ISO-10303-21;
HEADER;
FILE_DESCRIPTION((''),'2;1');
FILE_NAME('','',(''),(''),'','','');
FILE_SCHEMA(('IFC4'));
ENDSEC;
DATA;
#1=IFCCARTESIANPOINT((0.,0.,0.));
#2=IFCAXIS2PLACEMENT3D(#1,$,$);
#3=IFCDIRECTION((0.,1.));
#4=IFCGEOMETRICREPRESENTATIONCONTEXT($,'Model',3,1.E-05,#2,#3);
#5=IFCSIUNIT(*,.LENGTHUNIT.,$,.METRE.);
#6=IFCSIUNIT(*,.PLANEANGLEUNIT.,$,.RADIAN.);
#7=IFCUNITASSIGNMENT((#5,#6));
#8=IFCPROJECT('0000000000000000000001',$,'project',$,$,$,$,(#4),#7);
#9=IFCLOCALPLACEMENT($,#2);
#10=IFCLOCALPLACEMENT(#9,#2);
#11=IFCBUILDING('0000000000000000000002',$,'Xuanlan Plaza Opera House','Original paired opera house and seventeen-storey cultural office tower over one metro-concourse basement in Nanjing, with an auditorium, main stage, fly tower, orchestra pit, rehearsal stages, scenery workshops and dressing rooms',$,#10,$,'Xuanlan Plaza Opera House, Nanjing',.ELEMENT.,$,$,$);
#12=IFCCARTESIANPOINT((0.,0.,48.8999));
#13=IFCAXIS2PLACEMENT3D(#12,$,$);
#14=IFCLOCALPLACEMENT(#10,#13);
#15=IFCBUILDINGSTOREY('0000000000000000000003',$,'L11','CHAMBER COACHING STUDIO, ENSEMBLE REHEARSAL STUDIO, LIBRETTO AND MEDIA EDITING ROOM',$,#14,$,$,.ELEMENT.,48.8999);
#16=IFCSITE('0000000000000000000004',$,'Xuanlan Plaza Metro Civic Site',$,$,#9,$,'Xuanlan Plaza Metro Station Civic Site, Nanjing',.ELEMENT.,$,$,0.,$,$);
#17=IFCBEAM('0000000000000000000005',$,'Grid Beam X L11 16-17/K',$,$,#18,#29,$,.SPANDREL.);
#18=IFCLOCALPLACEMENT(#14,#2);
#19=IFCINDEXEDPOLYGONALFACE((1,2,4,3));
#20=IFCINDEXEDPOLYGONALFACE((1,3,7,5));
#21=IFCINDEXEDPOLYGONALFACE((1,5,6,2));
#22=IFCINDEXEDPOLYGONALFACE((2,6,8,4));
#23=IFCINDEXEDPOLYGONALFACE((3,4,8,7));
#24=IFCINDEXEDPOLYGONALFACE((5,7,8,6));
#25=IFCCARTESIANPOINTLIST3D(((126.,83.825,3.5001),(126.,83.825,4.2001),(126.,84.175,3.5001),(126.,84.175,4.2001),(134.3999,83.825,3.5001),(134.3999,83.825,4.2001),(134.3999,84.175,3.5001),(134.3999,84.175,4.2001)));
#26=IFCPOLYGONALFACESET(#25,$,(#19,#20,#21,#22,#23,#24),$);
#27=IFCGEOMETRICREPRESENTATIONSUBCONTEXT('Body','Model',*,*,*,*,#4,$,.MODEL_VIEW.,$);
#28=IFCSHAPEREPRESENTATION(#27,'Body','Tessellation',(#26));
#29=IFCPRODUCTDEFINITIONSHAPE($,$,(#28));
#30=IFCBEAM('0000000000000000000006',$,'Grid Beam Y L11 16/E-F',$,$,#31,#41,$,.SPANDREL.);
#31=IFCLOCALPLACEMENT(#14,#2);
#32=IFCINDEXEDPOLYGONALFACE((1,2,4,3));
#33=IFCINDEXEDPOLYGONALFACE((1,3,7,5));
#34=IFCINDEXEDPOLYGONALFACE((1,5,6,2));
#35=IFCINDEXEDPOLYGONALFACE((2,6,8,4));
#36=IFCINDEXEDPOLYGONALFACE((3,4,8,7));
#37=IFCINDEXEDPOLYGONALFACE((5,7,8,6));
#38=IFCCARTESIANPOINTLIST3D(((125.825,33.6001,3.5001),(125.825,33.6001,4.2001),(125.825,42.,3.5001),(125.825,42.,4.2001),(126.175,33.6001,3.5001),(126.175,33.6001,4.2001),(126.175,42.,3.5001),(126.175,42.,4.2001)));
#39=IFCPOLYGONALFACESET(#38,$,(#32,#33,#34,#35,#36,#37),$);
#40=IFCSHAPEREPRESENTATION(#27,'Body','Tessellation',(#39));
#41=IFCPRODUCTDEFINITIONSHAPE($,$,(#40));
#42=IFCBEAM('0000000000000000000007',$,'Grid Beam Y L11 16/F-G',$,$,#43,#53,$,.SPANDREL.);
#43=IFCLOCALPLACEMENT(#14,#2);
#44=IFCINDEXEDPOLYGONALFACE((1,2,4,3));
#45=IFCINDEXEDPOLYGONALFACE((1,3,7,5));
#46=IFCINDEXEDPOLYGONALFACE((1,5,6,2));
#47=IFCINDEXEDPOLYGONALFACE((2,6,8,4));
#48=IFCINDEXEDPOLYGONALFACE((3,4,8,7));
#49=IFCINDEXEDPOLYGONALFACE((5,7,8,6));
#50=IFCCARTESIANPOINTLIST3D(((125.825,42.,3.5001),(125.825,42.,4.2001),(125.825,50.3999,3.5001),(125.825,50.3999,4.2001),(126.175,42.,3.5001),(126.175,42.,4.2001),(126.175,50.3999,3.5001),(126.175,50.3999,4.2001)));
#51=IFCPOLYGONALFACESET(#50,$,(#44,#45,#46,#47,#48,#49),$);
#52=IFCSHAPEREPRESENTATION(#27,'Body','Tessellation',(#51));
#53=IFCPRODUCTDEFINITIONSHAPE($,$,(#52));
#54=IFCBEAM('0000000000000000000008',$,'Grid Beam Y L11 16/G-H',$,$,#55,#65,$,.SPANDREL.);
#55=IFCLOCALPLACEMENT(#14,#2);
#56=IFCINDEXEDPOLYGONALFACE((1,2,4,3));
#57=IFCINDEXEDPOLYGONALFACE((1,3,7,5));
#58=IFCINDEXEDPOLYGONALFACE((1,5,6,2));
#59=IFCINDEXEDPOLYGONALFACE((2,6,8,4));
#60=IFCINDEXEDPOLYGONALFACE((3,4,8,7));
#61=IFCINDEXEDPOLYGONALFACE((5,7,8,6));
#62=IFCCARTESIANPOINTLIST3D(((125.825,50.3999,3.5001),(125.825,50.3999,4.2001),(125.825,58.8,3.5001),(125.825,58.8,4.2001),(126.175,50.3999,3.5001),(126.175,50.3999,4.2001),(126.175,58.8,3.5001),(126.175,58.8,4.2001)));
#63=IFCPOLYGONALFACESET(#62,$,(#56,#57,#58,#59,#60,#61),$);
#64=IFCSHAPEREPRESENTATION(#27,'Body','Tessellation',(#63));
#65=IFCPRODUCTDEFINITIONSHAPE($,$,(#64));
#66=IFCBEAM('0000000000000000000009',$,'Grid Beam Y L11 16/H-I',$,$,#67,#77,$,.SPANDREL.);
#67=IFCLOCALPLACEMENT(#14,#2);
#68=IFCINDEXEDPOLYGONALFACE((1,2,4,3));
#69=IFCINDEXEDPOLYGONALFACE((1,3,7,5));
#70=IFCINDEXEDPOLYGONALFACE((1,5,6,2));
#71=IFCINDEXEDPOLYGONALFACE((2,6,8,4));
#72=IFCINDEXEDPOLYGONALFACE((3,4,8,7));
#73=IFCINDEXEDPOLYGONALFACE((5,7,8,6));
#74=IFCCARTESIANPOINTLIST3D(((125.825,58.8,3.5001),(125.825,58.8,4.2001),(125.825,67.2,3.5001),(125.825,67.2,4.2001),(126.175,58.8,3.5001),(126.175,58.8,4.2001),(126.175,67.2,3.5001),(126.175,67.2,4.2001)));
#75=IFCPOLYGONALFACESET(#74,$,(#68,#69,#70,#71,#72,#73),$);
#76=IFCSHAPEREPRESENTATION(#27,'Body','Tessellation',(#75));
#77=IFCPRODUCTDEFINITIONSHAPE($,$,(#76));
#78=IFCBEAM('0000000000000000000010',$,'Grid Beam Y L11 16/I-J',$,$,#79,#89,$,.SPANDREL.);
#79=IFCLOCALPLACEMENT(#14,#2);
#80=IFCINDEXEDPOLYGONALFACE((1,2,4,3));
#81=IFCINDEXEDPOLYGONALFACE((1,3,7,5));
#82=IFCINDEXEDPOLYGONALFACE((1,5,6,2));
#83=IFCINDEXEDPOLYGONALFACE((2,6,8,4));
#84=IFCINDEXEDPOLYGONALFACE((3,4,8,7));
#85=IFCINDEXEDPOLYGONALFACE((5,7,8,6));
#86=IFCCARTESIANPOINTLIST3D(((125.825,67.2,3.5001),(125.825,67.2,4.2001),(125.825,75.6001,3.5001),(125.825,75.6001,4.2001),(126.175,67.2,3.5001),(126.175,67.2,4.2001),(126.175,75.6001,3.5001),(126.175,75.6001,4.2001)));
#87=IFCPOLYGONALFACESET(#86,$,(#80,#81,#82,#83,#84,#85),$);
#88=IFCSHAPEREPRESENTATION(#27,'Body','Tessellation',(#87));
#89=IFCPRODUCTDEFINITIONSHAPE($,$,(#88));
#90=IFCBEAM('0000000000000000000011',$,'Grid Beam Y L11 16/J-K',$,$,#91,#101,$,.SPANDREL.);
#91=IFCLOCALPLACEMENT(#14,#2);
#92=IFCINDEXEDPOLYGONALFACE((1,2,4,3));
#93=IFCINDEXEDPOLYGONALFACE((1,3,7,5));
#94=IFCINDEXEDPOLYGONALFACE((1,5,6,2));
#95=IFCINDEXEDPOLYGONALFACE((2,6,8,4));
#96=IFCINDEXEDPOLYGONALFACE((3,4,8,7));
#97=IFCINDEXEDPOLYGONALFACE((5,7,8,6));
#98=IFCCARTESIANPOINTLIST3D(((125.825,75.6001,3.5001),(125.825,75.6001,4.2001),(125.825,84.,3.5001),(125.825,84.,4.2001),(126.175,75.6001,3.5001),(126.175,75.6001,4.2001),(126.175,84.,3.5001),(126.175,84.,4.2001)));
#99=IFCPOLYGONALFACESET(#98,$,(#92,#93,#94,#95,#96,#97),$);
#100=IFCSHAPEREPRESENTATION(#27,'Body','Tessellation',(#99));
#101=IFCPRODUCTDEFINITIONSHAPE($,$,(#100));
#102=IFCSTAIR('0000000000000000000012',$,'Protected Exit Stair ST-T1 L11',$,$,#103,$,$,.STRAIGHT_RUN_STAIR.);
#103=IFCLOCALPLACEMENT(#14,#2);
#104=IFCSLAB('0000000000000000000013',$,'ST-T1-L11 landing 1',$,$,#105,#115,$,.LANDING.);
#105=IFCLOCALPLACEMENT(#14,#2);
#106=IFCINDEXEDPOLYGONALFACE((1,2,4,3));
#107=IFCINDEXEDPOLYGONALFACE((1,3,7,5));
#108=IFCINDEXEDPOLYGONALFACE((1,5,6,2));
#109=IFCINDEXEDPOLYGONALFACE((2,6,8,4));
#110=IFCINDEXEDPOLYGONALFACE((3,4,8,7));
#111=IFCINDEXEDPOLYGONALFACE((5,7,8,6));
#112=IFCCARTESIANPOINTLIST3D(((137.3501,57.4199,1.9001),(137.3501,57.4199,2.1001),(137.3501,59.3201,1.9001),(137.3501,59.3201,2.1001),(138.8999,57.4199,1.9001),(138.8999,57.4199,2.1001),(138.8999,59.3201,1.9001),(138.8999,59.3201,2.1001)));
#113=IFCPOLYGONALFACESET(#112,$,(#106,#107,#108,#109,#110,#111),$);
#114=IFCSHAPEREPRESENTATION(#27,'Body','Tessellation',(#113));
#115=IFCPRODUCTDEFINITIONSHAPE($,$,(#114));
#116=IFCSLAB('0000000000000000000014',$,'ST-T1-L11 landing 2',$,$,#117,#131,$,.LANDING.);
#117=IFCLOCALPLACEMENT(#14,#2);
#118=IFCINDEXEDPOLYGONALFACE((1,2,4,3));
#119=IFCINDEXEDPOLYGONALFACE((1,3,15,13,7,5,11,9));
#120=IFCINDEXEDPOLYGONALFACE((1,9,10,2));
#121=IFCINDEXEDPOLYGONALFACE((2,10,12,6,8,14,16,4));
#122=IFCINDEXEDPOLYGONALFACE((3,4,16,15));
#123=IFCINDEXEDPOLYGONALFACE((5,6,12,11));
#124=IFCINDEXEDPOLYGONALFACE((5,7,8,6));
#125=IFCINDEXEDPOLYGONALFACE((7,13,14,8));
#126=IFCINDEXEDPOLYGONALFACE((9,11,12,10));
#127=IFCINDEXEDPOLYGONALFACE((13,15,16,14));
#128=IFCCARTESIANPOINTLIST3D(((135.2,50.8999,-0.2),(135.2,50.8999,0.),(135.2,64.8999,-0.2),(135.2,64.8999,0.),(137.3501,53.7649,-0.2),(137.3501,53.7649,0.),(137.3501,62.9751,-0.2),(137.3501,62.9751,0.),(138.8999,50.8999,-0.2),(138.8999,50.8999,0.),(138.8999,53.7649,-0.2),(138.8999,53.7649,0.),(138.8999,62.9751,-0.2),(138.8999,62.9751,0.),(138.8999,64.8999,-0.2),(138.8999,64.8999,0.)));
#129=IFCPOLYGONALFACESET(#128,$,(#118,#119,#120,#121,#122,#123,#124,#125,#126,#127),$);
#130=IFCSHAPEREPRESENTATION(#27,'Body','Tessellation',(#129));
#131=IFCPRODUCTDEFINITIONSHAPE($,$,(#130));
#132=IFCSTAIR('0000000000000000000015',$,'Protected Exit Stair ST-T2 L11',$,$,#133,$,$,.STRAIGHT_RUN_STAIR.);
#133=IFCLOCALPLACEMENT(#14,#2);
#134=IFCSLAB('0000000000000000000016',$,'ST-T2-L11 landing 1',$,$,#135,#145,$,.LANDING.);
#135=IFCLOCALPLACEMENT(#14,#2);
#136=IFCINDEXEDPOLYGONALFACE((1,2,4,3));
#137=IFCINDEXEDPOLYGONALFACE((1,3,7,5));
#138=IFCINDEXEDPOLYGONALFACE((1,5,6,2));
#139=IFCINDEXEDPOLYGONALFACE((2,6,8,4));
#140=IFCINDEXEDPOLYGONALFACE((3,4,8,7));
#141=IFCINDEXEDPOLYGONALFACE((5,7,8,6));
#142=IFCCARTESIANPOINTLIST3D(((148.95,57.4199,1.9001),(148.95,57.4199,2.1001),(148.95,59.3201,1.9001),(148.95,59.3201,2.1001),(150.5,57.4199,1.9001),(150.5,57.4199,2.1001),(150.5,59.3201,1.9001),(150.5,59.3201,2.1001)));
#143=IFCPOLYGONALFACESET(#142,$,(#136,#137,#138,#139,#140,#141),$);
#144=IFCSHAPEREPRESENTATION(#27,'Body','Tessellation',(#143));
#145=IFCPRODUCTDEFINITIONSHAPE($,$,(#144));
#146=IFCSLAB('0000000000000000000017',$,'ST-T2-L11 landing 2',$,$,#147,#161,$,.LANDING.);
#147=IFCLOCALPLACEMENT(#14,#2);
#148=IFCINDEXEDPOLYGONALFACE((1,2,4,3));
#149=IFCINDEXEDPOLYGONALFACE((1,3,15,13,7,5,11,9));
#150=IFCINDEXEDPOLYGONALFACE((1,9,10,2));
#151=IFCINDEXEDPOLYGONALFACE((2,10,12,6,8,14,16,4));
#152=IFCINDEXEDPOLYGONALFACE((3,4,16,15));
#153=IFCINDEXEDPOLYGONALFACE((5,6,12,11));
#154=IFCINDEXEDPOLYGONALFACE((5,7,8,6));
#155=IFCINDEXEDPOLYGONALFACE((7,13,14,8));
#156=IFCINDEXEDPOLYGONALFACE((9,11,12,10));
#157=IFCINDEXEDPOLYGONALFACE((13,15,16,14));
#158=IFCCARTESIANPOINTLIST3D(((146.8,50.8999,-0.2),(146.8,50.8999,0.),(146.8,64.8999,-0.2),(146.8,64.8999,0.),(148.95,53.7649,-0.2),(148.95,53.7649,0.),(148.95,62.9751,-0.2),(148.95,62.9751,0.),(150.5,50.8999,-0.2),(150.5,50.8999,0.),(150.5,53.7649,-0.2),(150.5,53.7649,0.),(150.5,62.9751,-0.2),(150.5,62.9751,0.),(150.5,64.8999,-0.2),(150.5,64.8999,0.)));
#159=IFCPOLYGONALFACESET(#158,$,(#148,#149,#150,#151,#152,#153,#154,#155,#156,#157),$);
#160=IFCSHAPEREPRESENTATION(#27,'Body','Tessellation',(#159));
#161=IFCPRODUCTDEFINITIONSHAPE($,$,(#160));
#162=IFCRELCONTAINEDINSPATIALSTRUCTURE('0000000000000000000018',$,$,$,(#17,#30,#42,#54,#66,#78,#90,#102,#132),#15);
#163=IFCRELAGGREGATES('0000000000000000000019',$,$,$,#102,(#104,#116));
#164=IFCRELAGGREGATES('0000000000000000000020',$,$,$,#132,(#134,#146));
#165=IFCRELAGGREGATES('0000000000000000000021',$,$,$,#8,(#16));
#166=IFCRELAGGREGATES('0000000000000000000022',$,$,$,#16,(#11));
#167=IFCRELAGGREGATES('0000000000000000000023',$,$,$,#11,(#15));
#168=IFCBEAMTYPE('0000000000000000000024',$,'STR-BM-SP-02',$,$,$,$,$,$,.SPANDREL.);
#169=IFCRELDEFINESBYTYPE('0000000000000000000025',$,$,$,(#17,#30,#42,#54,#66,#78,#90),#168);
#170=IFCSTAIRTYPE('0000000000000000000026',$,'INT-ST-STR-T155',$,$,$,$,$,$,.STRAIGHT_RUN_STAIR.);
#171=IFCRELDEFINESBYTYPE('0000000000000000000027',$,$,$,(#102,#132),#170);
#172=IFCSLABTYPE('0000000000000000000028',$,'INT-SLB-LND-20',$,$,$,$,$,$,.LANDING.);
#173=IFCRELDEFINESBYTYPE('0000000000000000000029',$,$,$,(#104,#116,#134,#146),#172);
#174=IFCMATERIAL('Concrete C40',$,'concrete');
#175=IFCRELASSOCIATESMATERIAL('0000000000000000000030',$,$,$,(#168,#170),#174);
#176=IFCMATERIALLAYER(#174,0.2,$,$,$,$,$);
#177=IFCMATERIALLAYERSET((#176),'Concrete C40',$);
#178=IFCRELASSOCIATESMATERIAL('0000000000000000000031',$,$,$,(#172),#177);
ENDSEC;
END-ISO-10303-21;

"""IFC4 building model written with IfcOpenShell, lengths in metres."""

from ifc_helpers import new_model, si_unit, direction, frame, origin, origin_2d, place, context, subcontext, project, spatial, polyline, rectangle, outline, extrude, material, layer, layer_set, material_profile, profile_set, type_object, element, aggregate, save


model = new_model("IFC4")

# Units and contexts
model_context = context("Model", 3, precision=1e-05, world=origin(), true_north=direction((0.0, 1.0)))
body_context = subcontext(model_context, "Body", "Model", "MODEL_VIEW")
ifc_project = project(units=[si_unit("LENGTHUNIT", "METRE"), si_unit("PLANEANGLEUNIT", "RADIAN")], contexts=[model_context])

# Site, building, storey
site_placement = place(None, origin())
site = spatial("IfcSite", under=ifc_project, at=site_placement, Name="Xuanlan Plaza Metro Civic Site", LongName="Xuanlan Plaza Metro Station Civic Site, Nanjing", CompositionType="ELEMENT", RefElevation=0.0)
building_placement = place(site_placement, origin())
building = spatial("IfcBuilding", under=site, at=building_placement, Name="Xuanlan Plaza Opera House", Description="Original paired opera house and seventeen-storey cultural office tower over one metro-concourse basement in Nanjing, with an auditorium, main stage, fly tower, orchestra pit, rehearsal stages, scenery workshops and dressing rooms", LongName="Xuanlan Plaza Opera House, Nanjing", CompositionType="ELEMENT")
storey_placement = place(building_placement, frame((0.0, 0.0, 48.8999)))
storey = spatial("IfcBuildingStorey", under=building, at=storey_placement, Name="L11", Description="CHAMBER COACHING STUDIO, ENSEMBLE REHEARSAL STUDIO, LIBRETTO AND MEDIA EDITING ROOM", CompositionType="ELEMENT", Elevation=48.8999)

# Beams
ifc_material_1 = material(Name="Concrete C40", Category="concrete")
ifc_material_profile_1 = material_profile(ifc_material_1, rectangle(XDim=0.3501, YDim=0.7, at=origin_2d()), Name="RC-SPD 350x700")
ifc_profile_set_1 = profile_set([ifc_material_profile_1], Name="Concrete C40")
beam_type_1 = type_object("IfcBeamType", Name="STR-BM-SP-02", PredefinedType="SPANDREL", material=ifc_profile_set_1)
for number, where, z_axis, x_axis, name in (
    (1, (126.0, 84.0, 3.8501), (1.0, 0.0, 0.0), (0.0, 1.0, 0.0), "Grid Beam X L11 16-17/K"),
    (2, (126.0, 33.6001, 3.8501), (0.0, 1.0, 0.0), (-1.0, 0.0, 0.0), "Grid Beam Y L11 16/E-F"),
    (3, (126.0, 42.0, 3.8501), (0.0, 1.0, 0.0), (-1.0, 0.0, 0.0), "Grid Beam Y L11 16/F-G"),
):
    element("IfcBeam", number, at=place(storey_placement, frame(where, z_axis=z_axis, x_axis=x_axis)), inside=storey, type_object=beam_type_1, Name=name, PredefinedType="SPANDREL", context=body_context, shape_type="SweptSolid", body=[
        extrude(rectangle(XDim=0.3501, YDim=0.7, at=origin_2d()), origin(), (0.0, 0.0, 1.0), 8.3999),
    ])
beam_1_placement = place(storey_placement, frame((126.0, 50.3999, 3.8501), z_axis=(0.0, 1.0, 0.0), x_axis=(-1.0, 0.0, 0.0)))
element("IfcBeam", 4, at=beam_1_placement, inside=storey, type_object=beam_type_1, Name="Grid Beam Y L11 16/G-H", PredefinedType="SPANDREL", context=body_context, shape_type="SweptSolid", body=[
    extrude(rectangle(XDim=0.3501, YDim=0.7, at=origin_2d()), origin(), (0.0, 0.0, 1.0), 8.4001),
])
beam_2_placement = place(storey_placement, frame((126.0, 58.8, 3.8501), z_axis=(0.0, 1.0, 0.0), x_axis=(-1.0, 0.0, 0.0)))
element("IfcBeam", 5, at=beam_2_placement, inside=storey, type_object=beam_type_1, Name="Grid Beam Y L11 16/H-I", PredefinedType="SPANDREL", context=body_context, shape_type="SweptSolid", body=[
    extrude(rectangle(XDim=0.3501, YDim=0.7, at=origin_2d()), origin(), (0.0, 0.0, 1.0), 8.3999),
])
beam_3_placement = place(storey_placement, frame((126.0, 67.2, 3.8501), z_axis=(0.0, 1.0, 0.0), x_axis=(-1.0, 0.0, 0.0)))
element("IfcBeam", 6, at=beam_3_placement, inside=storey, type_object=beam_type_1, Name="Grid Beam Y L11 16/I-J", PredefinedType="SPANDREL", context=body_context, shape_type="SweptSolid", body=[
    extrude(rectangle(XDim=0.3501, YDim=0.7, at=origin_2d()), origin(), (0.0, 0.0, 1.0), 8.4001),
])
beam_4_placement = place(storey_placement, frame((126.0, 75.6001, 3.8501), z_axis=(0.0, 1.0, 0.0), x_axis=(-1.0, 0.0, 0.0)))
element("IfcBeam", 7, at=beam_4_placement, inside=storey, type_object=beam_type_1, Name="Grid Beam Y L11 16/J-K", PredefinedType="SPANDREL", context=body_context, shape_type="SweptSolid", body=[
    extrude(rectangle(XDim=0.3501, YDim=0.7, at=origin_2d()), origin(), (0.0, 0.0, 1.0), 8.3999),
])

# Stairs, slabs
stair_type = type_object("IfcStairType", Name="INT-ST-STR-T155", PredefinedType="STRAIGHT_RUN_STAIR", material=ifc_material_1)
stair_1_placement = place(storey_placement, origin())
stair_1 = element("IfcStair", 8, at=stair_1_placement, inside=storey, type_object=stair_type, Name="Protected Exit Stair ST-T1 L11", PredefinedType="STRAIGHT_RUN_STAIR")
ifc_layer_1 = layer(ifc_material_1, 0.2)
ifc_layer_set_1 = layer_set([ifc_layer_1], Name="Concrete C40")
slab_type_1 = type_object("IfcSlabType", Name="INT-SLB-LND-20", PredefinedType="LANDING", material=ifc_layer_set_1)
slab_1_placement = place(storey_placement, frame((0.0, 0.0, 1.9001)))
slab_1 = element("IfcSlab", 9, at=slab_1_placement, type_object=slab_type_1, Name="ST-T1-L11 landing 1", PredefinedType="LANDING", context=body_context, shape_type="SweptSolid", body=[
    extrude(outline(polyline([(137.3501, 57.4199), (138.8999, 57.4199), (138.8999, 59.3201), (137.3501, 59.3201), (137.3501, 57.4199)])), origin(), (0.0, 0.0, 1.0), 0.2),
])
slab_2_placement = place(storey_placement, frame((0.0, 0.0, -0.2)))
slab_2 = element("IfcSlab", 10, at=slab_2_placement, type_object=slab_type_1, Name="ST-T1-L11 landing 2", PredefinedType="LANDING", context=body_context, shape_type="SweptSolid", body=[
    extrude(outline(polyline([(135.2, 50.8999), (138.8999, 50.8999), (138.8999, 53.7649), (137.3501, 53.7649), (137.3501, 62.9751), (138.8999, 62.9751), (138.8999, 64.8999), (135.2, 64.8999), (135.2, 50.8999)])), origin(), (0.0, 0.0, 1.0), 0.2),
])
aggregate(stair_1, [slab_1, slab_2])
stair_2_placement = place(storey_placement, origin())
stair_2 = element("IfcStair", 11, at=stair_2_placement, inside=storey, type_object=stair_type, Name="Protected Exit Stair ST-T2 L11", PredefinedType="STRAIGHT_RUN_STAIR")
slab_3_placement = place(storey_placement, frame((0.0, 0.0, 1.9001)))
slab_3 = element("IfcSlab", 12, at=slab_3_placement, type_object=slab_type_1, Name="ST-T2-L11 landing 1", PredefinedType="LANDING", context=body_context, shape_type="SweptSolid", body=[
    extrude(outline(polyline([(148.95, 57.4199), (150.5, 57.4199), (150.5, 59.3201), (148.95, 59.3201), (148.95, 57.4199)])), origin(), (0.0, 0.0, 1.0), 0.2),
])
slab_4_placement = place(storey_placement, frame((0.0, 0.0, -0.2)))
slab_4 = element("IfcSlab", 13, at=slab_4_placement, type_object=slab_type_1, Name="ST-T2-L11 landing 2", PredefinedType="LANDING", context=body_context, shape_type="SweptSolid", body=[
    extrude(outline(polyline([(146.8, 50.8999), (150.5, 50.8999), (150.5, 53.7649), (148.95, 53.7649), (148.95, 62.9751), (150.5, 62.9751), (150.5, 64.8999), (146.8, 64.8999), (146.8, 50.8999)])), origin(), (0.0, 0.0, 1.0), 0.2),
])
aggregate(stair_2, [slab_3, slab_4])

save(model, "model.ifc")
